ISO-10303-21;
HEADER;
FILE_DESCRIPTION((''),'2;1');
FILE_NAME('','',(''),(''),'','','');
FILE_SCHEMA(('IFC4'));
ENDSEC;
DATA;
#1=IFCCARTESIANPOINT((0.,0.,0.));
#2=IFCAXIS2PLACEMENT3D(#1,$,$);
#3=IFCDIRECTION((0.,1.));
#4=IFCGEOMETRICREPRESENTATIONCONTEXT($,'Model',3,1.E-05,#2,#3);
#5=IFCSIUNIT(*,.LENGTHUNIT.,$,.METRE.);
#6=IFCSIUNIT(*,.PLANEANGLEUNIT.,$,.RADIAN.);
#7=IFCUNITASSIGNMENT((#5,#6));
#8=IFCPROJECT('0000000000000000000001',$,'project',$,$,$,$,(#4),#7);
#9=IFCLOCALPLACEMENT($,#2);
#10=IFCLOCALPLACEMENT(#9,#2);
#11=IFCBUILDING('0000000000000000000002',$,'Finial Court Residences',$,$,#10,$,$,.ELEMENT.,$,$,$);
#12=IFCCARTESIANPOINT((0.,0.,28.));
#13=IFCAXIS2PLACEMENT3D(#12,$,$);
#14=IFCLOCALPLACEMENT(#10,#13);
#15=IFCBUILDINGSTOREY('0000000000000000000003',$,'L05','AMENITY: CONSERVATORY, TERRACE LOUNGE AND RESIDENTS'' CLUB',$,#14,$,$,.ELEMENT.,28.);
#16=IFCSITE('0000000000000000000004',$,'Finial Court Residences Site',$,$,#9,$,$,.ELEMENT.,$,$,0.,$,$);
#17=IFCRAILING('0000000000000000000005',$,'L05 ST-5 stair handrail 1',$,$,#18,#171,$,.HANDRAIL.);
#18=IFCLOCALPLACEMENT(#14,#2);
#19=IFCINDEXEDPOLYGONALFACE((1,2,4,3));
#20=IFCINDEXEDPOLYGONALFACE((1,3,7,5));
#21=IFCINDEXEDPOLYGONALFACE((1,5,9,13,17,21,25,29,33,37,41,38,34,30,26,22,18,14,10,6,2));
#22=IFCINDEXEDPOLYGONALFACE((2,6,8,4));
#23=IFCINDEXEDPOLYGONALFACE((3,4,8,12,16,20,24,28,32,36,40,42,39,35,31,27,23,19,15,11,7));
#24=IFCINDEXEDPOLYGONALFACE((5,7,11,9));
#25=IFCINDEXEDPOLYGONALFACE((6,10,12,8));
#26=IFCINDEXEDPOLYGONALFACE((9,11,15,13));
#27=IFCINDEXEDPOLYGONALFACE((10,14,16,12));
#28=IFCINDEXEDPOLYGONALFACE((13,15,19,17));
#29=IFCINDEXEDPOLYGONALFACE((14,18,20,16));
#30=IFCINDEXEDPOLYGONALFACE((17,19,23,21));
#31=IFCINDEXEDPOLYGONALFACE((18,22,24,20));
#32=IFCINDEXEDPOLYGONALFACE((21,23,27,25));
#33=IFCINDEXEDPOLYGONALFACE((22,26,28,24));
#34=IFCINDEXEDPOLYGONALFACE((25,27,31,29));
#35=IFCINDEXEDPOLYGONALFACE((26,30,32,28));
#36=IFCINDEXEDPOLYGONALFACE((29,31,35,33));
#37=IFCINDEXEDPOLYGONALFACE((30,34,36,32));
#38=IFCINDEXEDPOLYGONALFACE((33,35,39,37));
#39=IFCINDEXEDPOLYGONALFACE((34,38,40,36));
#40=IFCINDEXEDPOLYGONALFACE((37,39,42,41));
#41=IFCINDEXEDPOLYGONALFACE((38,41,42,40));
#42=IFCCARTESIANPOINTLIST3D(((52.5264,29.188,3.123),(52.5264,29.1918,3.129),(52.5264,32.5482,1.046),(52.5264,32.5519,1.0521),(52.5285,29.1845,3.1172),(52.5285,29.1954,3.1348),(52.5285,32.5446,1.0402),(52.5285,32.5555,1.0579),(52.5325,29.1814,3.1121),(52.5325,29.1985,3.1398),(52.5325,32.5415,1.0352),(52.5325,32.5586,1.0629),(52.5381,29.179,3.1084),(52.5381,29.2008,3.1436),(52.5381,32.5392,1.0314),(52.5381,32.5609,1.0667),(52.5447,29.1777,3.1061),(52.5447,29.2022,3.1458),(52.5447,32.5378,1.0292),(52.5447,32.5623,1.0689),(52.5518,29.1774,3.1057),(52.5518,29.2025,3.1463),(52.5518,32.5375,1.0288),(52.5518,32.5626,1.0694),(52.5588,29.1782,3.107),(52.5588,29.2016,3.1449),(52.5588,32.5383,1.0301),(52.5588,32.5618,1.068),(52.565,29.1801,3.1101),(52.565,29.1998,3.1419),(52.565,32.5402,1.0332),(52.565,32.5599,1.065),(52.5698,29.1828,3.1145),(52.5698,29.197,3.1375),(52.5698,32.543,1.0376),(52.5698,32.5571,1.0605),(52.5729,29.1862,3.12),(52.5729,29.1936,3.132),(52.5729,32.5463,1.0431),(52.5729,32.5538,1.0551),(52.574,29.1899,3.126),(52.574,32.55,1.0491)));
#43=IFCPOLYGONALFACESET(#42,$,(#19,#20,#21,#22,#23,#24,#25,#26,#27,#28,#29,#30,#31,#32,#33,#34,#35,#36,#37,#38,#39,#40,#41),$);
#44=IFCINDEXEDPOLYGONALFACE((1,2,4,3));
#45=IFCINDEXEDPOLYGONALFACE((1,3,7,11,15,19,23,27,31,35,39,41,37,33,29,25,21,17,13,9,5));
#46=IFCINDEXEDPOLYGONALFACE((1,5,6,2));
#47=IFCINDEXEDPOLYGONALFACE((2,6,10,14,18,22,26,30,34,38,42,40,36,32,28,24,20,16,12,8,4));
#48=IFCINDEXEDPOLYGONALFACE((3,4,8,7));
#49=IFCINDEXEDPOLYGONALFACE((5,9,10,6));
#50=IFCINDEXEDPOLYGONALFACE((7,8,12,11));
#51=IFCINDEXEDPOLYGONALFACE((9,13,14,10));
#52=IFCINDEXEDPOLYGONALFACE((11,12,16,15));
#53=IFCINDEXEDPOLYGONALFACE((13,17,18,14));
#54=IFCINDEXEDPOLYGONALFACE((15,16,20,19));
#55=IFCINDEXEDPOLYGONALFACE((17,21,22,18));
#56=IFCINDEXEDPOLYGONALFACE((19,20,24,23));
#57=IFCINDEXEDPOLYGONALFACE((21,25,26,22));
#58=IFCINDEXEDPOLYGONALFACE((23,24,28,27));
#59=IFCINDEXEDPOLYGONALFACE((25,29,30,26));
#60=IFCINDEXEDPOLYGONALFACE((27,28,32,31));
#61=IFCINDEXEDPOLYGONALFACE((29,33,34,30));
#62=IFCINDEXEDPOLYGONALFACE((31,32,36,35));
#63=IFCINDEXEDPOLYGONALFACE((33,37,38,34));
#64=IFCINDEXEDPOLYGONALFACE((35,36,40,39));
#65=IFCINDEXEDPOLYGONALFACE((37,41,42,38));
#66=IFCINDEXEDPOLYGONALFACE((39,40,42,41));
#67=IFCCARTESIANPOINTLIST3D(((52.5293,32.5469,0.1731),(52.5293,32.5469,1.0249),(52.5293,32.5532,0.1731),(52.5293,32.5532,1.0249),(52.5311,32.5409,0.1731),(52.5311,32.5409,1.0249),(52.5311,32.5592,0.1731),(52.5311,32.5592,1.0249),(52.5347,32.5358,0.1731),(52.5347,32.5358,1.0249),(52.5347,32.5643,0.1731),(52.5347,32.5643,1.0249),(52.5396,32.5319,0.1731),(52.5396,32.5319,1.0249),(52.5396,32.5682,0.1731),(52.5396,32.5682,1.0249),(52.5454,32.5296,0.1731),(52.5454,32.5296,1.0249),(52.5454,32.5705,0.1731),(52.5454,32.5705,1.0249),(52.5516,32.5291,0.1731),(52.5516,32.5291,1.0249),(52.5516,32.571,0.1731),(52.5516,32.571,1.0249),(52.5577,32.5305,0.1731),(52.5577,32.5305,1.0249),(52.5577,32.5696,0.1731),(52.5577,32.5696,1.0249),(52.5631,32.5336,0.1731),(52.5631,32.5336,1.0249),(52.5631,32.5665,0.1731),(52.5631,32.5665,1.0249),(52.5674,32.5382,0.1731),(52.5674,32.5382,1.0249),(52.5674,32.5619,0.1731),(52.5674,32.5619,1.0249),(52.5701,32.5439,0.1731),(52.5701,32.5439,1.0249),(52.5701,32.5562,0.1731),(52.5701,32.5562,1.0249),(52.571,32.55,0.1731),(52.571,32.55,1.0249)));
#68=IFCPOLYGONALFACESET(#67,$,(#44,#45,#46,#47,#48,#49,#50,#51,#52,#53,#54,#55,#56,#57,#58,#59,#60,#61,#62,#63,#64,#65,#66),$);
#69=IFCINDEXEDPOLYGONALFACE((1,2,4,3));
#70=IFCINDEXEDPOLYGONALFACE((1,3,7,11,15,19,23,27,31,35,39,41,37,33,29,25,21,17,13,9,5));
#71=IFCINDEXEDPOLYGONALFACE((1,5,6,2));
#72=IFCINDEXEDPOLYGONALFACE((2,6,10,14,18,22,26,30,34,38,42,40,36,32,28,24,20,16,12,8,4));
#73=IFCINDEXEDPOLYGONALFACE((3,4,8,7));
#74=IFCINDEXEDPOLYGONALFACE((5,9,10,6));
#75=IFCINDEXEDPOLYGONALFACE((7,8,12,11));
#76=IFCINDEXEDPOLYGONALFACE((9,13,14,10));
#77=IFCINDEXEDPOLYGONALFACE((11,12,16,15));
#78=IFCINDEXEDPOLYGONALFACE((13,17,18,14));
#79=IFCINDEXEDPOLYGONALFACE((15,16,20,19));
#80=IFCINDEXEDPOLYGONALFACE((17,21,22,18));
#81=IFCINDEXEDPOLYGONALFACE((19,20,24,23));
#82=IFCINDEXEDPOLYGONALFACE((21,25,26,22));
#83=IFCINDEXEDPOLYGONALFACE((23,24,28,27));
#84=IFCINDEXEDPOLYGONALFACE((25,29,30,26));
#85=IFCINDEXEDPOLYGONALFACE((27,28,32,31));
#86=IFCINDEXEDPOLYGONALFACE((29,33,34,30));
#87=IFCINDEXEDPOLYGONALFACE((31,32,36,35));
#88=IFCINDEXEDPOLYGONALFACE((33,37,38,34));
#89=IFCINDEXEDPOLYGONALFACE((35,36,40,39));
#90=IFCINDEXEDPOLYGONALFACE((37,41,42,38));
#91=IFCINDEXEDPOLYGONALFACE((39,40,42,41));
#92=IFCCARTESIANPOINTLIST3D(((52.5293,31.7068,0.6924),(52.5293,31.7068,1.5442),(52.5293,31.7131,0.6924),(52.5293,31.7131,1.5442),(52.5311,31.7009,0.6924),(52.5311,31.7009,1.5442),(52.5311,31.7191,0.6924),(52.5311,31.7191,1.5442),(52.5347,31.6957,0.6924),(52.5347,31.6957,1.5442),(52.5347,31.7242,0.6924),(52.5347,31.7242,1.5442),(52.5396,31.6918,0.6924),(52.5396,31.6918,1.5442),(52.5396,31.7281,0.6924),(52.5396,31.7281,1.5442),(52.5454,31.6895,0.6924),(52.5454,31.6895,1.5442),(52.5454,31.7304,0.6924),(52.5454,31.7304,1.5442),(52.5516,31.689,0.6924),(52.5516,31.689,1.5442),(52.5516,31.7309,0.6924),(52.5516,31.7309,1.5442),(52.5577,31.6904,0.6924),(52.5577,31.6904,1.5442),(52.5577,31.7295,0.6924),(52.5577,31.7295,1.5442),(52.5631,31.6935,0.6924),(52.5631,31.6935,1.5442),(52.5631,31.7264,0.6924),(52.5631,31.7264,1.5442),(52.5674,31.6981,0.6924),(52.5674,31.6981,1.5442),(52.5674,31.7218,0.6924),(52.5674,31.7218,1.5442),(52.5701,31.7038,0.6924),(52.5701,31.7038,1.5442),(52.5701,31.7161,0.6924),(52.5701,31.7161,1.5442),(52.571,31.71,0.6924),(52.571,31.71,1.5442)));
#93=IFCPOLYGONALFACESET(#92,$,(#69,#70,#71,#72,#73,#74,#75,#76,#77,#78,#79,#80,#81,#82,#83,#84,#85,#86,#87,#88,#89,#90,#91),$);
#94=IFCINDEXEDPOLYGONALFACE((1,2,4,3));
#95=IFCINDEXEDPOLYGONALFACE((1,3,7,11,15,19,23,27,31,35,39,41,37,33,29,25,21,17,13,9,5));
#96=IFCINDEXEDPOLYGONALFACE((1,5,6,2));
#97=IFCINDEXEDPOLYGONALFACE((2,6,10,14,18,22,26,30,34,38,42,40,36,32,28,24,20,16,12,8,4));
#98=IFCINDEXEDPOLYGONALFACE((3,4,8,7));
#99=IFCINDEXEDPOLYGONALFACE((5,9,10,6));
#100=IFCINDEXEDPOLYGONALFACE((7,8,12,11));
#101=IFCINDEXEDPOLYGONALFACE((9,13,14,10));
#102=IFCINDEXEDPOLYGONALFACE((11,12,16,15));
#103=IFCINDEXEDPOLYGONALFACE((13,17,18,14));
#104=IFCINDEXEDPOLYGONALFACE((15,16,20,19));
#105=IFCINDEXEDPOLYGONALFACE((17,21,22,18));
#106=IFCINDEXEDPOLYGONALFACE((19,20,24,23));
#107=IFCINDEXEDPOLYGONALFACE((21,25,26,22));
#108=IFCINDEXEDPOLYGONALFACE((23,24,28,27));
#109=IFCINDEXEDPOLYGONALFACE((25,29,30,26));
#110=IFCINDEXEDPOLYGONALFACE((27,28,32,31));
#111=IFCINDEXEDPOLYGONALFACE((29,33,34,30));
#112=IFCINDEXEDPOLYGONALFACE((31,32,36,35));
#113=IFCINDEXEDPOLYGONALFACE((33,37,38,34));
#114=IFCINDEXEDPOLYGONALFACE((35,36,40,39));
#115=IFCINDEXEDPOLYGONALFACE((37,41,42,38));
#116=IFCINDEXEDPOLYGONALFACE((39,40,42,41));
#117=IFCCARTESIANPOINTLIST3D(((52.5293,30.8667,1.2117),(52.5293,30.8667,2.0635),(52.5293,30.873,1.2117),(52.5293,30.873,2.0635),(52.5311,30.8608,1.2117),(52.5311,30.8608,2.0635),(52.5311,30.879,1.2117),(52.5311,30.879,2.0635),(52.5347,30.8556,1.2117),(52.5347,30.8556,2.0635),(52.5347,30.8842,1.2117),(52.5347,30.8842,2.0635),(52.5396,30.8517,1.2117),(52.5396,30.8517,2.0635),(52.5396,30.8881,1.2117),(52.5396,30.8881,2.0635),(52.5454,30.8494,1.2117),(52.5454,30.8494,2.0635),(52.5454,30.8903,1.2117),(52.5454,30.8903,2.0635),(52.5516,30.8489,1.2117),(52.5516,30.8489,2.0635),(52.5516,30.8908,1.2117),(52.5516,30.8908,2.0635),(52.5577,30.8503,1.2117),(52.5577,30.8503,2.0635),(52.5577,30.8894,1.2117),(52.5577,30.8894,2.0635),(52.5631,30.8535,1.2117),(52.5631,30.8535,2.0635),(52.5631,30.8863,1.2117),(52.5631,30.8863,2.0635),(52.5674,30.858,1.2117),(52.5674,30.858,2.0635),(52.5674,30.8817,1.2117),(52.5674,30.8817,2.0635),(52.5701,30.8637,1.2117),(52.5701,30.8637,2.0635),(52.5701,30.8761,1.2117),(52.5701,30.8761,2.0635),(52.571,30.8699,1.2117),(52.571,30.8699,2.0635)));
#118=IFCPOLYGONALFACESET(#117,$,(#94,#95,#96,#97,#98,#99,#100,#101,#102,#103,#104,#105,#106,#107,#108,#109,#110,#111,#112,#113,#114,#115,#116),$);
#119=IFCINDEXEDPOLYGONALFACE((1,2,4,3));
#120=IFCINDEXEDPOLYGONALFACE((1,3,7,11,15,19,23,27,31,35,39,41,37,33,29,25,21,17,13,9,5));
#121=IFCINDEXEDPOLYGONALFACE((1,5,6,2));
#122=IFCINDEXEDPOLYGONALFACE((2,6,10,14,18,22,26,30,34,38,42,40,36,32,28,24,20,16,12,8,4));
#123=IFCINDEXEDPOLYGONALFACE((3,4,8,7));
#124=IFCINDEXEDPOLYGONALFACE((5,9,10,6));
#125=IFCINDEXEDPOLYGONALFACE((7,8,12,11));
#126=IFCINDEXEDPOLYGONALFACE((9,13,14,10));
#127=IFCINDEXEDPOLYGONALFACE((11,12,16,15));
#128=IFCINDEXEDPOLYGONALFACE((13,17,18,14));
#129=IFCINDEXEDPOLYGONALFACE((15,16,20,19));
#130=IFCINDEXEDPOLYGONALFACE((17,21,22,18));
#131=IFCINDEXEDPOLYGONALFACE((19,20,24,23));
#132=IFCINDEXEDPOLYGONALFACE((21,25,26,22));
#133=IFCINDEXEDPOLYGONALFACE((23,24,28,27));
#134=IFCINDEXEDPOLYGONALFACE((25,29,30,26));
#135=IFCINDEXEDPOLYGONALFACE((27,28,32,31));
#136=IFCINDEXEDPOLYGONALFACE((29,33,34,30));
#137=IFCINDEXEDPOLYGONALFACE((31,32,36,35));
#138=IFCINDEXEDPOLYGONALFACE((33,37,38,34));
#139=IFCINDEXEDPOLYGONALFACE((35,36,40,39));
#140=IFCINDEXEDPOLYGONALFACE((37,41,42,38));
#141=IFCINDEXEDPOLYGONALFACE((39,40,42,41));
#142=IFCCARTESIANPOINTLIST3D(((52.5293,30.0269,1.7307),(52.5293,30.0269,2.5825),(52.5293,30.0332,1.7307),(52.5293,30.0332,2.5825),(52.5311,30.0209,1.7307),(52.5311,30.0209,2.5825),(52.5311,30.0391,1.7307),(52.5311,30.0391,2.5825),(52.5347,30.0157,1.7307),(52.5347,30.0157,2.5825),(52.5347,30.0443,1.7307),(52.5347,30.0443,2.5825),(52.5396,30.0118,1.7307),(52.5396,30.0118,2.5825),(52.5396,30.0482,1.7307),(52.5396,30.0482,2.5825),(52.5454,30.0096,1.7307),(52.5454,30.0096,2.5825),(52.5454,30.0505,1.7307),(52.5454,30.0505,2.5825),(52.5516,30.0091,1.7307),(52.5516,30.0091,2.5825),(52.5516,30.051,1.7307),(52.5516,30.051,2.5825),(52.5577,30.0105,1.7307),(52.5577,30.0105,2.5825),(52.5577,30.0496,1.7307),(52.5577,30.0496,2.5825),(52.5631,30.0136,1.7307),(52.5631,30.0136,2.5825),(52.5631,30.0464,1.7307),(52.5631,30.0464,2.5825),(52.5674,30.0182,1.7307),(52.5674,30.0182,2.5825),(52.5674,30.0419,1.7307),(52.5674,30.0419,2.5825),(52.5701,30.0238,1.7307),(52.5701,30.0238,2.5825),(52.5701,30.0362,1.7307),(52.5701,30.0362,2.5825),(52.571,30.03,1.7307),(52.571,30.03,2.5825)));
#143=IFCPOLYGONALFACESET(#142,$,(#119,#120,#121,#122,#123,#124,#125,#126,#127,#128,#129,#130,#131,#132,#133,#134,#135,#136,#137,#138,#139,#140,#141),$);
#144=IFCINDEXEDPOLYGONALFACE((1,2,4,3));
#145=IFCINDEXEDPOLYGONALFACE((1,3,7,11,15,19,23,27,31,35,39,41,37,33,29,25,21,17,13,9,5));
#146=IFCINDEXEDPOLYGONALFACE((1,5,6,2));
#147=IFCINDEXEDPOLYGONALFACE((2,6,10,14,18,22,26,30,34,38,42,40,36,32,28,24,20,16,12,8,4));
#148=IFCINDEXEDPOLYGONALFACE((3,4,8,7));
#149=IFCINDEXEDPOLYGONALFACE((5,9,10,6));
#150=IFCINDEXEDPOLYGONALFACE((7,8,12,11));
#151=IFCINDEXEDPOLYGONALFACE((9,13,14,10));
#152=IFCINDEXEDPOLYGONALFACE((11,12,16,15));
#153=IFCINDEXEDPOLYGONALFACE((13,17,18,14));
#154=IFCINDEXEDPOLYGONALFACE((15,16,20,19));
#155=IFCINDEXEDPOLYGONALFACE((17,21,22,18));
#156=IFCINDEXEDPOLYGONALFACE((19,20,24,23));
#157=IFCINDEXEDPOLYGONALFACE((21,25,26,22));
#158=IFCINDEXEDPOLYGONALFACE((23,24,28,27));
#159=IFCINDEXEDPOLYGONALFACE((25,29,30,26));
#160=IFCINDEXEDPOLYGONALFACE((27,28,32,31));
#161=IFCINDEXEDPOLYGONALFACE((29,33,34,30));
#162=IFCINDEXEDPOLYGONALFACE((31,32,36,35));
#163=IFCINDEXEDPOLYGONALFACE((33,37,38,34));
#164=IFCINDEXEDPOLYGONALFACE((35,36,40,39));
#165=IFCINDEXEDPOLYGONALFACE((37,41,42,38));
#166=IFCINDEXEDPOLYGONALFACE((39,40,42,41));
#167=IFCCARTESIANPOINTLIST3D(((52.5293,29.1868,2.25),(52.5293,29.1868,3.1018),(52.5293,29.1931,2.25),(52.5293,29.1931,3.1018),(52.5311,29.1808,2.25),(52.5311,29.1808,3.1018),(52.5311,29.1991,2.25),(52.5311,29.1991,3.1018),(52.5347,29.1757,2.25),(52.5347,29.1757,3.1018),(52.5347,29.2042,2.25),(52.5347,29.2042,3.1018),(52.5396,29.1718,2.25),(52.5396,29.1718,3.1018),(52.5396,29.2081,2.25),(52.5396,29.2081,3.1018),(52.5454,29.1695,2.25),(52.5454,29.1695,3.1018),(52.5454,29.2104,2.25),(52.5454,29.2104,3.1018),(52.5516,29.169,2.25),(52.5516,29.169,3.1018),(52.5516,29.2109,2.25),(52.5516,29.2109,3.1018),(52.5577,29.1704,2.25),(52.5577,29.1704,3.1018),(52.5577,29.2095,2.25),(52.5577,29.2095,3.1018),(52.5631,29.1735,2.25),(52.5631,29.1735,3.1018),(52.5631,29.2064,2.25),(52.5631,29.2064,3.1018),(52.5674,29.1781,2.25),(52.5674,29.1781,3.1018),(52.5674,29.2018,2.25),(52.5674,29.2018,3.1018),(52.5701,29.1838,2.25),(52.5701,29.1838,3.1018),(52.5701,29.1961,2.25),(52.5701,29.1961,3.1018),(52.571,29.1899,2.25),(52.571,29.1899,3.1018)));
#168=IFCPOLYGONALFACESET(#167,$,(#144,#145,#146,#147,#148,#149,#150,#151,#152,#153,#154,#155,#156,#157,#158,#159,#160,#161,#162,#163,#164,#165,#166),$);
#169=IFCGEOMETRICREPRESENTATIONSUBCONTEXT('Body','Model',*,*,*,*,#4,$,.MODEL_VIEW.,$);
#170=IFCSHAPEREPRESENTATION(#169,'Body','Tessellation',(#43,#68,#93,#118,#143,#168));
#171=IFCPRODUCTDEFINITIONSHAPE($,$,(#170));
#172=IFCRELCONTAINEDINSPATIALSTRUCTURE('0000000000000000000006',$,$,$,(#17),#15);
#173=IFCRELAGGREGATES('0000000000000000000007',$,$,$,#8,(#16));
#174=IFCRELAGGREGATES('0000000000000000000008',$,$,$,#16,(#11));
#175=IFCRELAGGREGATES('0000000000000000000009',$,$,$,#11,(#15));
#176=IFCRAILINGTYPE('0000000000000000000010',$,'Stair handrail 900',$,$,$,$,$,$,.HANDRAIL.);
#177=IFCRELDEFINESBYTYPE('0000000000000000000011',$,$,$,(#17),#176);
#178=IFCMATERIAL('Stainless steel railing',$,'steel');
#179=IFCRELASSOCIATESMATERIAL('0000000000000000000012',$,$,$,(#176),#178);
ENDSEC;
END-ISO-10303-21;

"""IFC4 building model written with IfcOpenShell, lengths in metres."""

from ifc_helpers import new_model, si_unit, direction, frame, origin, origin_2d, place, context, subcontext, project, spatial, circle, extrude, material, type_object, element, save


model = new_model("IFC4")

# Units and contexts
model_context = context("Model", 3, precision=1e-05, world=origin(), true_north=direction((0.0, 1.0)))
body_context = subcontext(model_context, "Body", "Model", "MODEL_VIEW")
ifc_project = project(units=[si_unit("LENGTHUNIT", "METRE"), si_unit("PLANEANGLEUNIT", "RADIAN")], contexts=[model_context])

# Site, building, storey
site_placement = place(None, origin())
site = spatial("IfcSite", under=ifc_project, at=site_placement, Name="Finial Court Residences Site", CompositionType="ELEMENT", RefElevation=0.0)
building_placement = place(site_placement, origin())
building = spatial("IfcBuilding", under=site, at=building_placement, Name="Finial Court Residences", CompositionType="ELEMENT")
storey_placement = place(building_placement, frame((0.0, 0.0, 28.0)))
storey = spatial("IfcBuildingStorey", under=building, at=storey_placement, Name="L05", Description="AMENITY: CONSERVATORY, TERRACE LOUNGE AND RESIDENTS' CLUB", CompositionType="ELEMENT", Elevation=28.0)

# Railing
ifc_material_1 = material(Name="Stainless steel railing", Category="steel")
railing_type_1 = type_object("IfcRailingType", Name="Stair handrail 900", PredefinedType="HANDRAIL", material=ifc_material_1)
railing_1_placement = place(storey_placement, frame((52.55, 32.55, 0.1731)))
element("IfcRailing", 1, at=railing_1_placement, inside=storey, type_object=railing_type_1, Name="L05 ST-5 stair handrail 1", PredefinedType="HANDRAIL", context=body_context, shape_type="SweptSolid", body=[
    extrude(circle(Radius=0.0239, at=origin_2d()), frame((0.0, 0.0, 0.876), z_axis=(0.0, -0.850623, 0.525776), x_axis=(1.0, 0.0, 0.0)), (0.0, 0.0, 1.0), 3.9502),
    extrude(circle(Radius=0.021, at=origin_2d()), origin(), (0.0, 0.0, 1.0), 0.8518),
    extrude(circle(Radius=0.021, at=origin_2d()), frame((0.0, -0.8401, 0.5193)), (0.0, 0.0, 1.0), 0.8518),
    extrude(circle(Radius=0.021, at=origin_2d()), frame((0.0, -1.6802, 1.0386)), (0.0, 0.0, 1.0), 0.8518),
    extrude(circle(Radius=0.021, at=origin_2d()), frame((0.0, -2.52, 1.5576)), (0.0, 0.0, 1.0), 0.8518),
    extrude(circle(Radius=0.021, at=origin_2d()), frame((0.0, -3.3601, 2.0769)), (0.0, 0.0, 1.0), 0.8518),
])

save(model, "model.ifc")
